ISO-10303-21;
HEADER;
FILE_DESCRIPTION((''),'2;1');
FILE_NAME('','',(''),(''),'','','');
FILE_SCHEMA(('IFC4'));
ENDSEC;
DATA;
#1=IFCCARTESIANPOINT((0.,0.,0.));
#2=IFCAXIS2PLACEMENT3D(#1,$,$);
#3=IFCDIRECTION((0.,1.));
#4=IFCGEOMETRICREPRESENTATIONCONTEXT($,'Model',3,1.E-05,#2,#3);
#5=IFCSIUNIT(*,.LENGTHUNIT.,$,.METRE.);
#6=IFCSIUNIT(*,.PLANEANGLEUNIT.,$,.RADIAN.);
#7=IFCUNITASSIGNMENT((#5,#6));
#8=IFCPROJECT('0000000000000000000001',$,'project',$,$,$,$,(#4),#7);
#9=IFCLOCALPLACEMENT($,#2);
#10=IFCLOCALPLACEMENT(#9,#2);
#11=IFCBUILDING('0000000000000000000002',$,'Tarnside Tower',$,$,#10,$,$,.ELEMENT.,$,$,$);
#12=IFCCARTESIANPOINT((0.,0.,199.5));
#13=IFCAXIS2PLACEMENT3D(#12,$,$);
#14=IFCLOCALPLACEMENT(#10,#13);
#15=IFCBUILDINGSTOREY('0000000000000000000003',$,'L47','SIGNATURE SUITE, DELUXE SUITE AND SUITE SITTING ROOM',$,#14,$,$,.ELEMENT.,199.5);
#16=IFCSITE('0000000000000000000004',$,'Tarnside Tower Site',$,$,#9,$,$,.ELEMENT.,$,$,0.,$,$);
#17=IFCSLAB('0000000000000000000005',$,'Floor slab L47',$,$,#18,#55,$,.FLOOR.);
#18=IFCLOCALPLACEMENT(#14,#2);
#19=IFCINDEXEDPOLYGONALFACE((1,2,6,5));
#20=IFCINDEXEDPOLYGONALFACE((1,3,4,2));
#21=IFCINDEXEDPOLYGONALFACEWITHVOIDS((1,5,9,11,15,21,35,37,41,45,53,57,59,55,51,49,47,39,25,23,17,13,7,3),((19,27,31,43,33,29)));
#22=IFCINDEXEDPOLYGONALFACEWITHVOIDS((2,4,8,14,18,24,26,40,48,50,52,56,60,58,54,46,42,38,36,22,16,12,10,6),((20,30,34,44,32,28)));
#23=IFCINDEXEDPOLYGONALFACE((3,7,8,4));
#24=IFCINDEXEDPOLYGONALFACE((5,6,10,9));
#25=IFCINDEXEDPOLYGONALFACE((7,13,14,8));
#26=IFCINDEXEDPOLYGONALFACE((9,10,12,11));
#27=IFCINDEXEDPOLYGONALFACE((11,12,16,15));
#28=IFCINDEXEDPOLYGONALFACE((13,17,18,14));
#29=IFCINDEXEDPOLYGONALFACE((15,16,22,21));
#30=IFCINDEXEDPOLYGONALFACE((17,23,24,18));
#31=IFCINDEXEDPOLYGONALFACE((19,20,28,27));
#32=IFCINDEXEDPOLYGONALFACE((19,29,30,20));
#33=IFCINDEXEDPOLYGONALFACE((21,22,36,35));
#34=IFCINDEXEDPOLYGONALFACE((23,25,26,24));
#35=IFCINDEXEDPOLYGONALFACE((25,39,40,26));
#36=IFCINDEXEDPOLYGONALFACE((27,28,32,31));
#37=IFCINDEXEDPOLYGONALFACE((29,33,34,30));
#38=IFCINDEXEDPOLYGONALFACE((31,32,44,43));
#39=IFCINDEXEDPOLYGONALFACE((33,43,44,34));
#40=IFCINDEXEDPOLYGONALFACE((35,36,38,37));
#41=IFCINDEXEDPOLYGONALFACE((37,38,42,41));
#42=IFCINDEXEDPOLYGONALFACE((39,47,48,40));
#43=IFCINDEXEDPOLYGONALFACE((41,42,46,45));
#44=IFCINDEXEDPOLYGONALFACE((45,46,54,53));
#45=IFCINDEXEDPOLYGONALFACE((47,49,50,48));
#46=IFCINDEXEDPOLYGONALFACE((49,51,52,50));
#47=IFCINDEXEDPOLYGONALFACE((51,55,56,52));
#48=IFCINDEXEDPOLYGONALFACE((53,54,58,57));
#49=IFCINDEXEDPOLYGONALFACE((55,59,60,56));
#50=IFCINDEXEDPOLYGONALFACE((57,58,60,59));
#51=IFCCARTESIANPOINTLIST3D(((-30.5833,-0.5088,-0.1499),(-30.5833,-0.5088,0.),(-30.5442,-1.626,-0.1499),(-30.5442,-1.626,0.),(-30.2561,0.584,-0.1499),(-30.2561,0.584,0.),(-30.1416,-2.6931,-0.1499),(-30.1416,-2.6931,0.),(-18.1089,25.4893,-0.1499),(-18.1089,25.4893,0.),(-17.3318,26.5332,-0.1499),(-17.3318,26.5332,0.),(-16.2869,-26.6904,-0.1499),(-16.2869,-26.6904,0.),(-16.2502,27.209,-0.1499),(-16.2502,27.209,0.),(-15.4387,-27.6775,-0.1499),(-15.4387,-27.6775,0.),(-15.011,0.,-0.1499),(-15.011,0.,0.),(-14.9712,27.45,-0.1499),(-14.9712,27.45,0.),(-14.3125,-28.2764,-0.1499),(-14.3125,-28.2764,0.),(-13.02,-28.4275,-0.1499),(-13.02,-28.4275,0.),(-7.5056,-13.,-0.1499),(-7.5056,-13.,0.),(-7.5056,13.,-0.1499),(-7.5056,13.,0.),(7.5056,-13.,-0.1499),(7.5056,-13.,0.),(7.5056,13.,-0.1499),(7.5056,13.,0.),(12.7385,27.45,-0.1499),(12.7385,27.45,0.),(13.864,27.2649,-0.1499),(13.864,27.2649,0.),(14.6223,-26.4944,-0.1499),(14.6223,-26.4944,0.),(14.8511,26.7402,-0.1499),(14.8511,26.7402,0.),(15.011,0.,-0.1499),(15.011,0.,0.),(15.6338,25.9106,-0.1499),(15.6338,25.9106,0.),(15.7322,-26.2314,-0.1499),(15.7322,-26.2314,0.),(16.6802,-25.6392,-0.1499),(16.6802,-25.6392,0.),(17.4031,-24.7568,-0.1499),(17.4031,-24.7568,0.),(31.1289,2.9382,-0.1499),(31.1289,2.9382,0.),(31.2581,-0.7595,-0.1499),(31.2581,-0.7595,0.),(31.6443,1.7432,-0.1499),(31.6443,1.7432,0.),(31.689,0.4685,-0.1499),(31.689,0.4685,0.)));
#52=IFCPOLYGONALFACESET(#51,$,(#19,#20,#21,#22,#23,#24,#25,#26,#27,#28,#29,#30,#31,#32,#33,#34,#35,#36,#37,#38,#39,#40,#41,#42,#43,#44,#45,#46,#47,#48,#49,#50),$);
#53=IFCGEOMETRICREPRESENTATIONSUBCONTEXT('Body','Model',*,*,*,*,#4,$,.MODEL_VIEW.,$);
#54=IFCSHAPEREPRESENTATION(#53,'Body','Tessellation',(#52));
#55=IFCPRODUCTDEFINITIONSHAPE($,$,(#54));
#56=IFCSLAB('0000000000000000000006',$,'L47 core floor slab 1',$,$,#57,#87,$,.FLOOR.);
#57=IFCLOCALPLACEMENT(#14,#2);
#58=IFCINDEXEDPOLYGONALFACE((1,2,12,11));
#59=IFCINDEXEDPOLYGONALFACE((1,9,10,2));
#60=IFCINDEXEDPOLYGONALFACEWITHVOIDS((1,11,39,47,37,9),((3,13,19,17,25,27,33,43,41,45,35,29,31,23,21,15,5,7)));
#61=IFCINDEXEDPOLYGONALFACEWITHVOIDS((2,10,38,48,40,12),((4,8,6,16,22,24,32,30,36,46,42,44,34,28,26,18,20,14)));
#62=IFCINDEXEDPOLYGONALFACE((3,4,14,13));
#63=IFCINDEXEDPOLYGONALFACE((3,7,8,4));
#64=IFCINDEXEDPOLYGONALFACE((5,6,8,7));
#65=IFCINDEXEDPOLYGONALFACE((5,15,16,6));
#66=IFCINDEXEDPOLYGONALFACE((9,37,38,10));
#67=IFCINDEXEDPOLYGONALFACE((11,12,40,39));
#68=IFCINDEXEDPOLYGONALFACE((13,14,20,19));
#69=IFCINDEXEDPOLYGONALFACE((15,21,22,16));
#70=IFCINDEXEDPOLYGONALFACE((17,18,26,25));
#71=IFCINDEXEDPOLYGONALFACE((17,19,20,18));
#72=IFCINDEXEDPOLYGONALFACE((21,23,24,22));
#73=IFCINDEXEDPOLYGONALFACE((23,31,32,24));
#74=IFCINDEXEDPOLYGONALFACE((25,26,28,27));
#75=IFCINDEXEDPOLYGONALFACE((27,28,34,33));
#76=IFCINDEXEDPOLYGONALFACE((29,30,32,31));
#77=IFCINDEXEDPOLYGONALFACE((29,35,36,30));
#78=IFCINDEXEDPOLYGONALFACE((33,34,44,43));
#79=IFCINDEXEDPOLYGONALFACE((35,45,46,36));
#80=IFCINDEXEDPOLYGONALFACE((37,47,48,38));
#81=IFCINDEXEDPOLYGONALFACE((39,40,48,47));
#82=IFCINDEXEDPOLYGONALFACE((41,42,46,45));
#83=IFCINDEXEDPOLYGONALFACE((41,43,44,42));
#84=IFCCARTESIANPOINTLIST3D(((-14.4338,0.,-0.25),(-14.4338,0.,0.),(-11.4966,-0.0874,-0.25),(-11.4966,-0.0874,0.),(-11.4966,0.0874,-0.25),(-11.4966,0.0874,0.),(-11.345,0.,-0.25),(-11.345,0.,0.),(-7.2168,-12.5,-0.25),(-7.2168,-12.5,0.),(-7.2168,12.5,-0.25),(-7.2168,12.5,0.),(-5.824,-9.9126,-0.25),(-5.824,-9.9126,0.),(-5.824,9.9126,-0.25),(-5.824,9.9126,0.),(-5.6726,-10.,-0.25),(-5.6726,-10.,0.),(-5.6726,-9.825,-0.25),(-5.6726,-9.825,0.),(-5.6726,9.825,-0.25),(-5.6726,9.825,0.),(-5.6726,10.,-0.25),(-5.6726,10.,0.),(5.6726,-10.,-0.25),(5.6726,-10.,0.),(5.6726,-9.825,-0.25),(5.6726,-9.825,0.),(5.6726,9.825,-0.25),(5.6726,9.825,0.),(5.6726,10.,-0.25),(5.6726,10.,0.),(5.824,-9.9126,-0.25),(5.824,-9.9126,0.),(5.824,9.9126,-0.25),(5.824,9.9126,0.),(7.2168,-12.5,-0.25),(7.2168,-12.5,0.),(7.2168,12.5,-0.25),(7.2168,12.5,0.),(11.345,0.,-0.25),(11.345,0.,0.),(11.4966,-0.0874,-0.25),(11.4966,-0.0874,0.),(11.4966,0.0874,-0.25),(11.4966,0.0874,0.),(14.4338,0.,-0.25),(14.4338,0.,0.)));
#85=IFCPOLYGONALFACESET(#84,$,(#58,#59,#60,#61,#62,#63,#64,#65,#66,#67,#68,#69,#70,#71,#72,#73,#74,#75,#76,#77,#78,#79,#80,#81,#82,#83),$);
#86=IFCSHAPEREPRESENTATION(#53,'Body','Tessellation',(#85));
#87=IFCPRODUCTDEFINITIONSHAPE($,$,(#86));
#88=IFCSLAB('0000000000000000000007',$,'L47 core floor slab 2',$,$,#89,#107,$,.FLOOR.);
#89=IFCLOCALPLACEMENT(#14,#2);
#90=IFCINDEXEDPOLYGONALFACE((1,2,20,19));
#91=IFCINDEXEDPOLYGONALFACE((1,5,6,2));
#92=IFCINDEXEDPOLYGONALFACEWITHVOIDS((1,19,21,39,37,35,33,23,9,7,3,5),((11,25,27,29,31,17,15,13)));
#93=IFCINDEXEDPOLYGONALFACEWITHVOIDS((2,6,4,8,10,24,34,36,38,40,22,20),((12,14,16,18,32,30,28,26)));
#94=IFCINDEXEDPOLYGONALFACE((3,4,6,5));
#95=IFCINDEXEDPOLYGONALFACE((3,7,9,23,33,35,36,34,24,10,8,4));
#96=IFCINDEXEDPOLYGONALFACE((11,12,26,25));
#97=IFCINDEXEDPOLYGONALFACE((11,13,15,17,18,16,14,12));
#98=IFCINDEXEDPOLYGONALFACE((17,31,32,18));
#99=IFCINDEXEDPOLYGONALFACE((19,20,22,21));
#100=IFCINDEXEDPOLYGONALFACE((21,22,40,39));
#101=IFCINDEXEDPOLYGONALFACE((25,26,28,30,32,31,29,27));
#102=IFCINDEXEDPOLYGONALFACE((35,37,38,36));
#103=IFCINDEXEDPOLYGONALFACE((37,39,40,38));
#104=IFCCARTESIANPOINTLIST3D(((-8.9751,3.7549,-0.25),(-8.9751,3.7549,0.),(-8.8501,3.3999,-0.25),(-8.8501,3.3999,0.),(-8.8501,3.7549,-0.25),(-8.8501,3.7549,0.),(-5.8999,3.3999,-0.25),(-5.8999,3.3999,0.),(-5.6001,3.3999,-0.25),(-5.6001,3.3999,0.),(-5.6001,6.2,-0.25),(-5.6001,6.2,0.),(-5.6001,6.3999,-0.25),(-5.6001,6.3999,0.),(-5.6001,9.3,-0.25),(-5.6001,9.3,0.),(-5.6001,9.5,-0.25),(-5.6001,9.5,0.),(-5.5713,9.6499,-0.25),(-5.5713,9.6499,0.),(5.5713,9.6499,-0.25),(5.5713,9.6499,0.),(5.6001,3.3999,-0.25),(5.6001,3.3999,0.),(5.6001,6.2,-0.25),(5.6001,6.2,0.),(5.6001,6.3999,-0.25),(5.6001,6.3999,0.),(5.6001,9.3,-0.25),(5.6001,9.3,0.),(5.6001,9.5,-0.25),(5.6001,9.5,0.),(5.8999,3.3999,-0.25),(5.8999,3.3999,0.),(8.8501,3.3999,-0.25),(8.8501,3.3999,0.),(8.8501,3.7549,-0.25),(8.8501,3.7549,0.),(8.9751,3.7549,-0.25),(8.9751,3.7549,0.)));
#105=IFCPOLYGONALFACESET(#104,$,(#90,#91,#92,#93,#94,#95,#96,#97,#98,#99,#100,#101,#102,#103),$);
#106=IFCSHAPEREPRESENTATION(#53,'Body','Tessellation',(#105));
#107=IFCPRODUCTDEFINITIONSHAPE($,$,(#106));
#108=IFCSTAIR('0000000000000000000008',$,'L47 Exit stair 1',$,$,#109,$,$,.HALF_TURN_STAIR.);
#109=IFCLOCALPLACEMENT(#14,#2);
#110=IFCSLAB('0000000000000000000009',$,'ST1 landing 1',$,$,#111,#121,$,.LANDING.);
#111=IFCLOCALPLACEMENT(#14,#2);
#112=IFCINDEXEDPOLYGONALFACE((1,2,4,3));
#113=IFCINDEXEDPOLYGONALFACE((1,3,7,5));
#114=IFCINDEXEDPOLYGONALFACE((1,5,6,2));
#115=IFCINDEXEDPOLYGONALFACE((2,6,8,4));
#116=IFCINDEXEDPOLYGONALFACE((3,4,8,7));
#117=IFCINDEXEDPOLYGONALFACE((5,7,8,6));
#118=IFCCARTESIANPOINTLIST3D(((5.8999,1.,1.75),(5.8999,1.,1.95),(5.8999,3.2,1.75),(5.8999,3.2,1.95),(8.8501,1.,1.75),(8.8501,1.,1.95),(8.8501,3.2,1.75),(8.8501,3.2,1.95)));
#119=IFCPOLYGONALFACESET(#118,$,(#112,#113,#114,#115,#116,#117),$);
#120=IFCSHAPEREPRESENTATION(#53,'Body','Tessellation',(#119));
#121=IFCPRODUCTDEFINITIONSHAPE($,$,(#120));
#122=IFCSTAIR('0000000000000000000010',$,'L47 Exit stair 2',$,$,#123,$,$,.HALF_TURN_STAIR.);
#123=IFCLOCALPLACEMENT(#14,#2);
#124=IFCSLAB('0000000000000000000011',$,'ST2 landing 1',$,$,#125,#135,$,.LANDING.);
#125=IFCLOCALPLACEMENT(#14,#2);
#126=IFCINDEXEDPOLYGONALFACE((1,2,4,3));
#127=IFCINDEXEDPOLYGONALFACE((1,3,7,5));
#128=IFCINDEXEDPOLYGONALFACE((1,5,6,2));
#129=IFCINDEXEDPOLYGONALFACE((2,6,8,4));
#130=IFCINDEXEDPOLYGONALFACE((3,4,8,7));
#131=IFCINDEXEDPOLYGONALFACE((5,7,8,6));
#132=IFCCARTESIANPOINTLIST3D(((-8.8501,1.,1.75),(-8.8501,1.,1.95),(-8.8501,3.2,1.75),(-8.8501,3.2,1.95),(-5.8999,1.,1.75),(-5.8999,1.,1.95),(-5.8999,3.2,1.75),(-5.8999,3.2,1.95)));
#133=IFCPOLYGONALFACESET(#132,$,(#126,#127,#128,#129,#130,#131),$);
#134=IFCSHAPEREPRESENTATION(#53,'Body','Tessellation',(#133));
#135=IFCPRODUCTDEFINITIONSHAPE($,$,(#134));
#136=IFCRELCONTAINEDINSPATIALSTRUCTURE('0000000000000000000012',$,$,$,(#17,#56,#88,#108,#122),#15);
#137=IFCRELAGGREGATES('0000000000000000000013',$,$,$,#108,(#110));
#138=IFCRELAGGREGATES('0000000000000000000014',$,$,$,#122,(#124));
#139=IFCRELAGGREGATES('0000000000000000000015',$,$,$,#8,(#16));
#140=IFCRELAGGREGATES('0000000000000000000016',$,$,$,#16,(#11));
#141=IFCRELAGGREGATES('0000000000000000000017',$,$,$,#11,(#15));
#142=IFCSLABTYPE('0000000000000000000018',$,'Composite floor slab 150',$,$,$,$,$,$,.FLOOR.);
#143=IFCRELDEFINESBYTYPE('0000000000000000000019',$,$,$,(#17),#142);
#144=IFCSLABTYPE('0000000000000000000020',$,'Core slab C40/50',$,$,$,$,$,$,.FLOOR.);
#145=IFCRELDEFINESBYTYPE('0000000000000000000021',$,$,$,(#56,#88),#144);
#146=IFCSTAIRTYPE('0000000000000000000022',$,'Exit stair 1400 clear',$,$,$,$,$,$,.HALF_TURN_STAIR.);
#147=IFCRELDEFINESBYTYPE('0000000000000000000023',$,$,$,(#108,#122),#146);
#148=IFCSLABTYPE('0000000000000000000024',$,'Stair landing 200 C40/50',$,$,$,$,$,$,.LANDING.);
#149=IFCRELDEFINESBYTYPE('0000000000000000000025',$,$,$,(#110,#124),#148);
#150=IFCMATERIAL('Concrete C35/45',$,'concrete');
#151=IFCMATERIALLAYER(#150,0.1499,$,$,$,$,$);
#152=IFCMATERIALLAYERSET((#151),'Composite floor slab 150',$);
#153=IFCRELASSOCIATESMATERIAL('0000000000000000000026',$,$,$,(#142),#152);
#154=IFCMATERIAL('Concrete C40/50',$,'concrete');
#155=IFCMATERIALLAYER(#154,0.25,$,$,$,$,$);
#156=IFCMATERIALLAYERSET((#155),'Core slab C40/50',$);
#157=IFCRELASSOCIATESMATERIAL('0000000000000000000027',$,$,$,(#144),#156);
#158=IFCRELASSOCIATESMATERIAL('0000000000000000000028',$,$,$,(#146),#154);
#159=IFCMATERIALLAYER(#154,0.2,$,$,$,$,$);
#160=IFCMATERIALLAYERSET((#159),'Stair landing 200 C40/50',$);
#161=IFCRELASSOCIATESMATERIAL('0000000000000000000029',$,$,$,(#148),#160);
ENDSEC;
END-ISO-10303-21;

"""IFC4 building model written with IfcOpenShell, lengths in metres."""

from ifc_helpers import new_model, si_unit, direction, frame, origin, place, context, subcontext, project, spatial, polyline, outline, extrude, material, layer, layer_set, type_object, element, aggregate, save


model = new_model("IFC4")

# Units and contexts
model_context = context("Model", 3, precision=1e-05, world=origin(), true_north=direction((0.0, 1.0)))
body_context = subcontext(model_context, "Body", "Model", "MODEL_VIEW")
ifc_project = project(units=[si_unit("LENGTHUNIT", "METRE"), si_unit("PLANEANGLEUNIT", "RADIAN")], contexts=[model_context])

# Site, building, storey
site_placement = place(None, origin())
site = spatial("IfcSite", under=ifc_project, at=site_placement, Name="Tarnside Tower Site", CompositionType="ELEMENT", RefElevation=0.0)
building_placement = place(site_placement, origin())
building = spatial("IfcBuilding", under=site, at=building_placement, Name="Tarnside Tower", CompositionType="ELEMENT")
storey_placement = place(building_placement, frame((0.0, 0.0, 199.5)))
storey = spatial("IfcBuildingStorey", under=building, at=storey_placement, Name="L47", Description="SIGNATURE SUITE, DELUXE SUITE AND SUITE SITTING ROOM", CompositionType="ELEMENT", Elevation=199.5)

# Slabs
ifc_material_1 = material(Name="Concrete C35/45", Category="concrete")
ifc_layer_1 = layer(ifc_material_1, 0.1499)
ifc_layer_set_1 = layer_set([ifc_layer_1], Name="Composite floor slab 150")
slab_type_1 = type_object("IfcSlabType", Name="Composite floor slab 150", PredefinedType="FLOOR", material=ifc_layer_set_1)
slab_1_placement = place(storey_placement, frame((0.0, 0.0, -0.1499)))
element("IfcSlab", 1, at=slab_1_placement, inside=storey, type_object=slab_type_1, Name="Floor slab L47", PredefinedType="FLOOR", context=body_context, shape_type="SweptSolid", body=[
    extrude(outline(polyline([(13.864, 27.2649), (14.8511, 26.7402), (15.6338, 25.9106), (31.1289, 2.9382), (31.6443, 1.7432), (31.689, 0.4685), (31.2581, -0.7595), (17.4031, -24.7568), (16.6802, -25.6392), (15.7322, -26.2314), (14.6223, -26.4944), (-13.02, -28.4275), (-14.3125, -28.2764), (-15.4387, -27.6775), (-16.2869, -26.6904), (-30.1416, -2.6931), (-30.5442, -1.626), (-30.5833, -0.5088), (-30.2561, 0.584), (-18.1089, 25.4893), (-17.3318, 26.5332), (-16.2502, 27.209), (-14.9712, 27.45), (12.7385, 27.45), (13.864, 27.2649)]), holes=[polyline([(-15.011, 0.0), (-7.5056, -13.0), (7.5056, -13.0), (15.011, 0.0), (7.5056, 13.0), (-7.5056, 13.0), (-15.011, 0.0)])]), origin(), (0.0, 0.0, 1.0), 0.1499),
])
ifc_material_2 = material(Name="Concrete C40/50", Category="concrete")
ifc_layer_2 = layer(ifc_material_2, 0.25)
ifc_layer_set_2 = layer_set([ifc_layer_2], Name="Core slab C40/50")
slab_type_2 = type_object("IfcSlabType", Name="Core slab C40/50", PredefinedType="FLOOR", material=ifc_layer_set_2)
slab_2_placement = place(storey_placement, frame((0.0, 0.0, -0.25)))
element("IfcSlab", 2, at=slab_2_placement, inside=storey, type_object=slab_type_2, Name="L47 core floor slab 1", PredefinedType="FLOOR", context=body_context, shape_type="SweptSolid", body=[
    extrude(outline(polyline([(-7.2168, 12.5), (7.2168, 12.5), (14.4338, 0.0), (7.2168, -12.5), (-7.2168, -12.5), (-14.4338, 0.0), (-7.2168, 12.5)]), holes=[polyline([(5.824, -9.9126), (11.4966, -0.0874), (11.345, 0.0), (11.4966, 0.0874), (5.824, 9.9126), (5.6726, 9.825), (5.6726, 10.0), (-5.6726, 10.0), (-5.6726, 9.825), (-5.824, 9.9126), (-11.4966, 0.0874), (-11.345, 0.0), (-11.4966, -0.0874), (-5.824, -9.9126), (-5.6726, -9.825), (-5.6726, -10.0), (5.6726, -10.0), (5.6726, -9.825), (5.824, -9.9126)])]), origin(), (0.0, 0.0, 1.0), 0.25),
])
slab_3_placement = place(storey_placement, frame((0.0, 0.0, -0.25)))
element("IfcSlab", 3, at=slab_3_placement, inside=storey, type_object=slab_type_2, Name="L47 core floor slab 2", PredefinedType="FLOOR", context=body_context, shape_type="SweptSolid", body=[
    extrude(outline(polyline([(-8.9751, 3.7549), (-5.5713, 9.6499), (5.5713, 9.6499), (8.9751, 3.7549), (8.8501, 3.7549), (8.8501, 3.3999), (5.8999, 3.3999), (5.6001, 3.3999), (5.6001, 3.3999), (-5.6001, 3.3999), (-5.8999, 3.3999), (-8.8501, 3.3999), (-8.8501, 3.7549), (-8.9751, 3.7549)]), holes=[polyline([(-5.6001, 6.2), (5.6001, 6.2), (5.6001, 6.3999), (5.6001, 9.3), (5.6001, 9.5), (-5.6001, 9.5), (-5.6001, 9.3), (-5.6001, 6.3999), (-5.6001, 6.2)])]), origin(), (0.0, 0.0, 1.0), 0.25),
])

# Stairs, slabs
stair_type = type_object("IfcStairType", Name="Exit stair 1400 clear", PredefinedType="HALF_TURN_STAIR", material=ifc_material_2)
stair_1_placement = place(storey_placement, origin())
stair_1 = element("IfcStair", 4, at=stair_1_placement, inside=storey, type_object=stair_type, Name="L47 Exit stair 1", PredefinedType="HALF_TURN_STAIR")
ifc_layer_3 = layer(ifc_material_2, 0.2)
ifc_layer_set_3 = layer_set([ifc_layer_3], Name="Stair landing 200 C40/50")
slab_type_3 = type_object("IfcSlabType", Name="Stair landing 200 C40/50", PredefinedType="LANDING", material=ifc_layer_set_3)
slab_4_placement = place(storey_placement, frame((0.0, 0.0, 1.75)))
slab_4 = element("IfcSlab", 5, at=slab_4_placement, type_object=slab_type_3, Name="ST1 landing 1", PredefinedType="LANDING", context=body_context, shape_type="SweptSolid", body=[
    extrude(outline(polyline([(8.8501, 1.0), (8.8501, 3.2), (5.8999, 3.2), (5.8999, 1.0), (8.8501, 1.0)])), origin(), (0.0, 0.0, 1.0), 0.2),
])
aggregate(stair_1, [slab_4])
stair_2_placement = place(storey_placement, origin())
stair_2 = element("IfcStair", 6, at=stair_2_placement, inside=storey, type_object=stair_type, Name="L47 Exit stair 2", PredefinedType="HALF_TURN_STAIR")
slab_5_placement = place(storey_placement, frame((0.0, 0.0, 1.75)))
slab_5 = element("IfcSlab", 7, at=slab_5_placement, type_object=slab_type_3, Name="ST2 landing 1", PredefinedType="LANDING", context=body_context, shape_type="SweptSolid", body=[
    extrude(outline(polyline([(-5.8999, 1.0), (-5.8999, 3.2), (-8.8501, 3.2), (-8.8501, 1.0), (-5.8999, 1.0)])), origin(), (0.0, 0.0, 1.0), 0.2),
])

aggregate(stair_2, [slab_5])

save(model, "model.ifc")
